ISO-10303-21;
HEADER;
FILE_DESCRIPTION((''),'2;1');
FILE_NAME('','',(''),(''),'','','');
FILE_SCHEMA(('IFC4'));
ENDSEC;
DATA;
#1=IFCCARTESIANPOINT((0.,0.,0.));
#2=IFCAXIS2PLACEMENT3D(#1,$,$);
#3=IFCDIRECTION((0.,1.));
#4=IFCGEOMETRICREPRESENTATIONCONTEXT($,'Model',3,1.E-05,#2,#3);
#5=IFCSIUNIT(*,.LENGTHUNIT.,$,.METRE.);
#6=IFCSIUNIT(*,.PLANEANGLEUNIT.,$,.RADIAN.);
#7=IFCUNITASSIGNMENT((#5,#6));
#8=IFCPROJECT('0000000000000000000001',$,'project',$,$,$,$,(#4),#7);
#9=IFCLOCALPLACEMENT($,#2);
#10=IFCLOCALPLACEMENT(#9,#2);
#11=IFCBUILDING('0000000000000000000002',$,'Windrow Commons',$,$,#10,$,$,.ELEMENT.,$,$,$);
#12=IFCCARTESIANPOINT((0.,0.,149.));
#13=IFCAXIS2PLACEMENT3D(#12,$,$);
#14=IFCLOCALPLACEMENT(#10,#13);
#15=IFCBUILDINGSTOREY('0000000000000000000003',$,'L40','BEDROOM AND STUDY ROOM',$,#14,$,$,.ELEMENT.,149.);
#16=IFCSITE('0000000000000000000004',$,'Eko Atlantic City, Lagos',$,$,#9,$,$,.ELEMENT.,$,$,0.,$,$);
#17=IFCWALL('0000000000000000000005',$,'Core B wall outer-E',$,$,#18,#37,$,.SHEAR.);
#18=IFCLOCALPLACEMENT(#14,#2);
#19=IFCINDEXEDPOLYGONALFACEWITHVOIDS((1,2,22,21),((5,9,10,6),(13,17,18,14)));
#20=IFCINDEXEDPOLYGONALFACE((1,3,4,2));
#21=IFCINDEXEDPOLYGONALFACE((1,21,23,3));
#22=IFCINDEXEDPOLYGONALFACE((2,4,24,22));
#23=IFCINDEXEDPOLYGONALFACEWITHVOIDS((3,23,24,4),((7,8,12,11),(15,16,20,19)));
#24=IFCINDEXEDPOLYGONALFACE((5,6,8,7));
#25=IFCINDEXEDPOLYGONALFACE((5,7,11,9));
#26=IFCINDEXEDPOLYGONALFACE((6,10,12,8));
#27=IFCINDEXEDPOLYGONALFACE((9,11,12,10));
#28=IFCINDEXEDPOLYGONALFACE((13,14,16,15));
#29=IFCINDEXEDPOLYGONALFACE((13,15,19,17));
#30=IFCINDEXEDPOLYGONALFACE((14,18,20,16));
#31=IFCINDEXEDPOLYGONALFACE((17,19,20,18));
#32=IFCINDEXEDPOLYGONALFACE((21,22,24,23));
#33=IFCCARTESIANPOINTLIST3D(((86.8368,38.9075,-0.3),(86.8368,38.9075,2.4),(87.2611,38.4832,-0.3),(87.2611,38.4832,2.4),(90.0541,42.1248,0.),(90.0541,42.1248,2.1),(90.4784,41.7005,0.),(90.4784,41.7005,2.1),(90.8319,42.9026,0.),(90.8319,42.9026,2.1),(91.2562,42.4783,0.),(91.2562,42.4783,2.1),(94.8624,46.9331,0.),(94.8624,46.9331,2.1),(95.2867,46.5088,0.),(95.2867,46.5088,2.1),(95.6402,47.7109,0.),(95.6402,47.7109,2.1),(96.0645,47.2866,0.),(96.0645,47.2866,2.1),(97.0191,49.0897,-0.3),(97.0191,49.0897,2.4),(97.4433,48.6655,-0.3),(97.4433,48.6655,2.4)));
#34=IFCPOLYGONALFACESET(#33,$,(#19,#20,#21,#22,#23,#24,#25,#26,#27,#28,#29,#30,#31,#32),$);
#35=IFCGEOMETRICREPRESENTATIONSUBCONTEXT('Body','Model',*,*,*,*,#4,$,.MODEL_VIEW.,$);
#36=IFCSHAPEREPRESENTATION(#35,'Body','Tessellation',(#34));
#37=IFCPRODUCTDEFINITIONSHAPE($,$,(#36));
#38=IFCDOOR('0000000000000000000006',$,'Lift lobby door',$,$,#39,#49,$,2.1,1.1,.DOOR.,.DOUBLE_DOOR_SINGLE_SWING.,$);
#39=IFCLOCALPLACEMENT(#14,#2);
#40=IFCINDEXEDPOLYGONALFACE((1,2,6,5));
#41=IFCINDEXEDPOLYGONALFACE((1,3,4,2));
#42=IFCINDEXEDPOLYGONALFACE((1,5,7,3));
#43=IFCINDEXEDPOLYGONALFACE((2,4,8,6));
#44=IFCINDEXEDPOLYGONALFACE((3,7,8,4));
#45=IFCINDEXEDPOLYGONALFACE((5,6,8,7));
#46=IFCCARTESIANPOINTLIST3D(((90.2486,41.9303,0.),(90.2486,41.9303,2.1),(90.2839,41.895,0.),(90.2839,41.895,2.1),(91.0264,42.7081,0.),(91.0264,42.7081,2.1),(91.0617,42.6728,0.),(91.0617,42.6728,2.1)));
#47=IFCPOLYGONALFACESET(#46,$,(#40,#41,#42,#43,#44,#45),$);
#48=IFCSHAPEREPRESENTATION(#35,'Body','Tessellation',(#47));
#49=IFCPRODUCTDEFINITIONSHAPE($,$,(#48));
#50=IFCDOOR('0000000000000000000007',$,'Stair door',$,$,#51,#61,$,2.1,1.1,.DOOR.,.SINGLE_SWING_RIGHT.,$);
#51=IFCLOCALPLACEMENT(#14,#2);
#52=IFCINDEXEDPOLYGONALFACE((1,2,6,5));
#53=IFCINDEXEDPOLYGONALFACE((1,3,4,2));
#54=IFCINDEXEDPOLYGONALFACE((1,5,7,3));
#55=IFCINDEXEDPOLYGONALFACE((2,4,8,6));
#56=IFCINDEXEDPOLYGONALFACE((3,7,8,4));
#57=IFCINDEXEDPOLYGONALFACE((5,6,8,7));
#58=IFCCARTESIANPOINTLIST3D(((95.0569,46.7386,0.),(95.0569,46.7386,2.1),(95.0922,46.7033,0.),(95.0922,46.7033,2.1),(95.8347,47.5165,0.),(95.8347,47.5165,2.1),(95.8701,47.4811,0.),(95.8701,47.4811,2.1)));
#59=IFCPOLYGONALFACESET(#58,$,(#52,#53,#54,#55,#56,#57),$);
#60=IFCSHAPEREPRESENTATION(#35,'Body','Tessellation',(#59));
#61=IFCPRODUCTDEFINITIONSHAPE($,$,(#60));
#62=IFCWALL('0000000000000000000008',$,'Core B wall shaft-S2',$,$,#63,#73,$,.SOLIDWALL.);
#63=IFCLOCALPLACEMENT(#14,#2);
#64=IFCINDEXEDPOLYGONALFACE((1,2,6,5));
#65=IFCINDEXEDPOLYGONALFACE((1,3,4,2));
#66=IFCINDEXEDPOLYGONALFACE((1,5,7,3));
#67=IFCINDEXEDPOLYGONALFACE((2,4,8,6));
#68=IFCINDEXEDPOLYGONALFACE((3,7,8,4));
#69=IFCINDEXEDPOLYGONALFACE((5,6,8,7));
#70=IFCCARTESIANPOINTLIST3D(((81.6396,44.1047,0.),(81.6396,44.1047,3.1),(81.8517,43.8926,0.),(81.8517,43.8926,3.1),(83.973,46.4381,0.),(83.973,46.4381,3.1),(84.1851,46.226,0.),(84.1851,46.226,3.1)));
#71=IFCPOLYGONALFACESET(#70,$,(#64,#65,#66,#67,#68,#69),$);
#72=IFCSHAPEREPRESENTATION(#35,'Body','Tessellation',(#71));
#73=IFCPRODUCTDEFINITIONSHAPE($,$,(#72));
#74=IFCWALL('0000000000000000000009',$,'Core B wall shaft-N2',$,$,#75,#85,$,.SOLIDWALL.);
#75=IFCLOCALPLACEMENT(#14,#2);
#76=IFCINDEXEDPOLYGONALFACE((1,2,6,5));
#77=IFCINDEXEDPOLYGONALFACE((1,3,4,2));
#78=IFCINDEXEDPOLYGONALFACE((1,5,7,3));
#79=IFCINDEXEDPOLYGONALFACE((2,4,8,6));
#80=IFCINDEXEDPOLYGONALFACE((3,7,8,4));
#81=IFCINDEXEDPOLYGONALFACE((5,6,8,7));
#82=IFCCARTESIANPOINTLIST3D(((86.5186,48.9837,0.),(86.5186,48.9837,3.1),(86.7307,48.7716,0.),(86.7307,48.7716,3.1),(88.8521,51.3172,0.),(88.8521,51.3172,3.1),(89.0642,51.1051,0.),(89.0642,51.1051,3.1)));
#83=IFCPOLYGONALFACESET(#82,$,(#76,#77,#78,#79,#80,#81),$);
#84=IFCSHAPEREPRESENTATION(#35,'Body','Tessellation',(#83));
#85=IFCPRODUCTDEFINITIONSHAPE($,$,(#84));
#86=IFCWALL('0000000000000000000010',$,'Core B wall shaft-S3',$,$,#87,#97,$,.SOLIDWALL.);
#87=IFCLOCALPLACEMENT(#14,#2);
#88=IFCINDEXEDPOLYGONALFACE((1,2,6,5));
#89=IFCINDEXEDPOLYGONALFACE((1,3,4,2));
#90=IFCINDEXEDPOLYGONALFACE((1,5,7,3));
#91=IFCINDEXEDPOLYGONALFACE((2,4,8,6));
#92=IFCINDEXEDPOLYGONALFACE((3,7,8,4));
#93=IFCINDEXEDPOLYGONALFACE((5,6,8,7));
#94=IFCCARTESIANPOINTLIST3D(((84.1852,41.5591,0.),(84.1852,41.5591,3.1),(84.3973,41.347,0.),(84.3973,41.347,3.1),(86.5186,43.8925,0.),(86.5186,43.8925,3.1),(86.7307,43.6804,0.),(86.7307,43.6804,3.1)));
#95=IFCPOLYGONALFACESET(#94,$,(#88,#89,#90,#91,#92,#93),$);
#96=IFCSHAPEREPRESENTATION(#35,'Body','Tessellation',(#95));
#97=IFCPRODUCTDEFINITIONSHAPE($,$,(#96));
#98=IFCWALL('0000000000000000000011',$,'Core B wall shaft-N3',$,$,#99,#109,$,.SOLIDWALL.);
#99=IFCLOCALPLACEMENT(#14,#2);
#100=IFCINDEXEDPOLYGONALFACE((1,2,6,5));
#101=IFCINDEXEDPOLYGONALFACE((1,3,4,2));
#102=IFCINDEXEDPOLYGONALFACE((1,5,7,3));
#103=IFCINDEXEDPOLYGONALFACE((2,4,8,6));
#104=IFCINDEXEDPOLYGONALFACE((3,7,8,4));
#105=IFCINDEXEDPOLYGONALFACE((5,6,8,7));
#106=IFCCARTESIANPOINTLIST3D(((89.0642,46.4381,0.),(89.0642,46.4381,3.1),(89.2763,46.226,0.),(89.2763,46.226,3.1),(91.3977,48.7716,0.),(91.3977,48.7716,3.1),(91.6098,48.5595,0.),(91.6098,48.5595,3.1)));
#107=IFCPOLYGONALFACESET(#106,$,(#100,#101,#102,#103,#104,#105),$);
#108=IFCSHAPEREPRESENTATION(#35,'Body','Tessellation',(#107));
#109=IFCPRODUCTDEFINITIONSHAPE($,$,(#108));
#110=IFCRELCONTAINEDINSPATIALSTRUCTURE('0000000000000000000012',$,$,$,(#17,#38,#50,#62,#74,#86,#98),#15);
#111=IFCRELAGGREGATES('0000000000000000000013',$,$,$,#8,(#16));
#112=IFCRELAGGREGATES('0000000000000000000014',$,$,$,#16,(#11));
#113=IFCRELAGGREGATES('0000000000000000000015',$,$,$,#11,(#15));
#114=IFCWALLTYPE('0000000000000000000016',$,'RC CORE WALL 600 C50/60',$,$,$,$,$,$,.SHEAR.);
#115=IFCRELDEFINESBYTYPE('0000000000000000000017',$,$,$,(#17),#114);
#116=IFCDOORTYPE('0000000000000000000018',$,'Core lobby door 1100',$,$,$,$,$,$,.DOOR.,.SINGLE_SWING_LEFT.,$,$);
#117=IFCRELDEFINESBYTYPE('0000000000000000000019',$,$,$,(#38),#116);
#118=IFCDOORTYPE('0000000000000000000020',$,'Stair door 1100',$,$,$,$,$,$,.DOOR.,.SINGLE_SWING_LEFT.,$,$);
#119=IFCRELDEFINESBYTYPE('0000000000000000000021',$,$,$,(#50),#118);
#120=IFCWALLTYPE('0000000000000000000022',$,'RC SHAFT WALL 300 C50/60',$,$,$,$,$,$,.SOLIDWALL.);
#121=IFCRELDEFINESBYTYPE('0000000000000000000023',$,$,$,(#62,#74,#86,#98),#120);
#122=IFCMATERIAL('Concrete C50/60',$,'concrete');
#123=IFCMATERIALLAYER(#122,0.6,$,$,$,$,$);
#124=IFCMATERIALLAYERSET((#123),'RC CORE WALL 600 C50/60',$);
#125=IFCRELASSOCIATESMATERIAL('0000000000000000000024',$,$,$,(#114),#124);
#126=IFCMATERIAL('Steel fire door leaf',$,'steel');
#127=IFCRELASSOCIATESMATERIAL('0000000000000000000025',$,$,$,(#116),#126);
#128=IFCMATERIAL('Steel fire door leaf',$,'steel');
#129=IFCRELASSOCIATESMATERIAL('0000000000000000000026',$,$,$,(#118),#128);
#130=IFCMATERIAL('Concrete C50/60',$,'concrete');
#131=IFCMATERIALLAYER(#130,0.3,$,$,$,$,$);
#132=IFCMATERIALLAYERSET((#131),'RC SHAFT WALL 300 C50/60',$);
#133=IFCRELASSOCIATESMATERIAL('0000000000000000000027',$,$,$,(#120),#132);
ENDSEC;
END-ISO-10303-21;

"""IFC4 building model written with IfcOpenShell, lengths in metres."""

from ifc_helpers import new_model, si_unit, direction, frame, frame_2d, origin, place, context, subcontext, project, spatial, rectangle, extrude, material, layer, layer_set, type_object, element, fill, save


model = new_model("IFC4")

# Units and contexts
model_context = context("Model", 3, precision=1e-05, world=origin(), true_north=direction((0.0, 1.0)))
body_context = subcontext(model_context, "Body", "Model", "MODEL_VIEW")
ifc_project = project(units=[si_unit("LENGTHUNIT", "METRE"), si_unit("PLANEANGLEUNIT", "RADIAN")], contexts=[model_context])

# Site, building, storey
site_placement = place(None, origin())
site = spatial("IfcSite", under=ifc_project, at=site_placement, Name="Eko Atlantic City, Lagos", CompositionType="ELEMENT", RefElevation=0.0)
building_placement = place(site_placement, origin())
building = spatial("IfcBuilding", under=site, at=building_placement, Name="Windrow Commons", CompositionType="ELEMENT")
storey_placement = place(building_placement, frame((0.0, 0.0, 149.0)))
storey = spatial("IfcBuildingStorey", under=building, at=storey_placement, Name="L40", Description="BEDROOM AND STUDY ROOM", CompositionType="ELEMENT", Elevation=149.0)

# Wall, openings, doors
ifc_material_1 = material(Name="Concrete C50/60", Category="concrete")
ifc_layer_1 = layer(ifc_material_1, 0.6)
ifc_layer_set_1 = layer_set([ifc_layer_1], Name="RC CORE WALL 600 C50/60")
wall_type_1 = type_object("IfcWallType", Name="RC CORE WALL 600 C50/60", PredefinedType="SHEAR", material=ifc_layer_set_1)
wall_1_placement = place(storey_placement, frame((87.0489, 38.6953, -0.3), z_axis=(0.0, 0.0, 1.0), x_axis=(0.707107, 0.707107, 0.0)))
wall_1 = element("IfcWall", 1, at=wall_1_placement, inside=storey, type_object=wall_type_1, Name="Core B wall outer-E", PredefinedType="SHEAR", context=body_context, shape_type="SweptSolid", body=[
    extrude(rectangle(XDim=14.3999, YDim=0.6, at=frame_2d((7.2, 0.0))), origin(), (0.0, 0.0, 1.0), 2.7),
])
opening_1_placement = place(wall_1_placement, frame((4.55, 0.0, 0.3)))
opening_1 = element("IfcOpeningElement", 2, at=opening_1_placement, cuts=wall_1, PredefinedType="OPENING", context=body_context, shape_type="SweptSolid", body=[
    extrude(rectangle(XDim=1.1, YDim=2.1, at=frame_2d((0.55, 1.05))), frame((0.0, 0.31, 0.0), z_axis=(0.0, -1.0, 0.0), x_axis=(1.0, 0.0, 0.0)), (0.0, 0.0, 1.0), 0.62),
])
opening_2_placement = place(wall_1_placement, frame((11.35, 0.0, 0.3)))
opening_2 = element("IfcOpeningElement", 3, at=opening_2_placement, cuts=wall_1, PredefinedType="OPENING", context=body_context, shape_type="SweptSolid", body=[
    extrude(rectangle(XDim=1.1, YDim=2.1, at=frame_2d((0.55, 1.05))), frame((0.0, 0.31, 0.0), z_axis=(0.0, -1.0, 0.0), x_axis=(1.0, 0.0, 0.0)), (0.0, 0.0, 1.0), 0.62),
])
ifc_material_2 = material(Name="Steel fire door leaf", Category="steel")
door_type_1 = type_object("IfcDoorType", Name="Core lobby door 1100", OperationType="SINGLE_SWING_LEFT", PredefinedType="DOOR", material=ifc_material_2)
door_1_placement = place(opening_1_placement, origin())
door_1 = element("IfcDoor", 4, at=door_1_placement, inside=storey, type_object=door_type_1, Name="Lift lobby door", OperationType="DOUBLE_DOOR_SINGLE_SWING", OverallHeight=2.1, OverallWidth=1.1, PredefinedType="DOOR", context=body_context, shape_type="SweptSolid", body=[
    extrude(rectangle(XDim=1.1, YDim=2.1, at=frame_2d((0.55, 1.05))), frame((0.0, 0.025, 0.0), z_axis=(0.0, -1.0, 0.0), x_axis=(1.0, 0.0, 0.0)), (0.0, 0.0, 1.0), 0.05),
])
fill(opening_1, door_1)
ifc_material_3 = material(Name="Steel fire door leaf", Category="steel")
door_type_2 = type_object("IfcDoorType", Name="Stair door 1100", OperationType="SINGLE_SWING_LEFT", PredefinedType="DOOR", material=ifc_material_3)
door_2_placement = place(opening_2_placement, origin())
door_2 = element("IfcDoor", 5, at=door_2_placement, inside=storey, type_object=door_type_2, Name="Stair door", OperationType="SINGLE_SWING_RIGHT", OverallHeight=2.1, OverallWidth=1.1, PredefinedType="DOOR", context=body_context, shape_type="SweptSolid", body=[
    extrude(rectangle(XDim=1.1, YDim=2.1, at=frame_2d((0.55, 1.05))), frame((0.0, 0.025, 0.0), z_axis=(0.0, -1.0, 0.0), x_axis=(1.0, 0.0, 0.0)), (0.0, 0.0, 1.0), 0.05),
])
fill(opening_2, door_2)

# Walls
ifc_material_4 = material(Name="Concrete C50/60", Category="concrete")
ifc_layer_2 = layer(ifc_material_4, 0.3)
ifc_layer_set_2 = layer_set([ifc_layer_2], Name="RC SHAFT WALL 300 C50/60")
wall_type_2 = type_object("IfcWallType", Name="RC SHAFT WALL 300 C50/60", PredefinedType="SOLIDWALL", material=ifc_layer_set_2)
wall_2_placement = place(storey_placement, frame((81.7456, 43.9986, 0.0), z_axis=(0.0, 0.0, 1.0), x_axis=(0.707107, 0.707107, 0.0)))
element("IfcWall", 6, at=wall_2_placement, inside=storey, type_object=wall_type_2, Name="Core B wall shaft-S2", PredefinedType="SOLIDWALL", context=body_context, shape_type="SweptSolid", body=[
    extrude(rectangle(XDim=3.2999, YDim=0.3, at=frame_2d((1.65, 0.0))), origin(), (0.0, 0.0, 1.0), 3.1),
])
wall_3_placement = place(storey_placement, frame((86.6246, 48.8776, 0.0), z_axis=(0.0, 0.0, 1.0), x_axis=(0.707107, 0.707107, 0.0)))
element("IfcWall", 7, at=wall_3_placement, inside=storey, type_object=wall_type_2, Name="Core B wall shaft-N2", PredefinedType="SOLIDWALL", context=body_context, shape_type="SweptSolid", body=[
    extrude(rectangle(XDim=3.3001, YDim=0.3, at=frame_2d((1.6501, 0.0))), origin(), (0.0, 0.0, 1.0), 3.1),
])
wall_4_placement = place(storey_placement, frame((84.2912, 41.453, 0.0), z_axis=(0.0, 0.0, 1.0), x_axis=(0.707107, 0.707107, 0.0)))
element("IfcWall", 8, at=wall_4_placement, inside=storey, type_object=wall_type_2, Name="Core B wall shaft-S3", PredefinedType="SOLIDWALL", context=body_context, shape_type="SweptSolid", body=[
    extrude(rectangle(XDim=3.2999, YDim=0.3, at=frame_2d((1.65, 0.0))), origin(), (0.0, 0.0, 1.0), 3.1),
])
wall_5_placement = place(storey_placement, frame((89.1702, 46.332, 0.0), z_axis=(0.0, 0.0, 1.0), x_axis=(0.707107, 0.707107, 0.0)))
element("IfcWall", 9, at=wall_5_placement, inside=storey, type_object=wall_type_2, Name="Core B wall shaft-N3", PredefinedType="SOLIDWALL", context=body_context, shape_type="SweptSolid", body=[
    extrude(rectangle(XDim=3.3001, YDim=0.3, at=frame_2d((1.6501, 0.0))), origin(), (0.0, 0.0, 1.0), 3.1),
])

save(model, "model.ifc")
